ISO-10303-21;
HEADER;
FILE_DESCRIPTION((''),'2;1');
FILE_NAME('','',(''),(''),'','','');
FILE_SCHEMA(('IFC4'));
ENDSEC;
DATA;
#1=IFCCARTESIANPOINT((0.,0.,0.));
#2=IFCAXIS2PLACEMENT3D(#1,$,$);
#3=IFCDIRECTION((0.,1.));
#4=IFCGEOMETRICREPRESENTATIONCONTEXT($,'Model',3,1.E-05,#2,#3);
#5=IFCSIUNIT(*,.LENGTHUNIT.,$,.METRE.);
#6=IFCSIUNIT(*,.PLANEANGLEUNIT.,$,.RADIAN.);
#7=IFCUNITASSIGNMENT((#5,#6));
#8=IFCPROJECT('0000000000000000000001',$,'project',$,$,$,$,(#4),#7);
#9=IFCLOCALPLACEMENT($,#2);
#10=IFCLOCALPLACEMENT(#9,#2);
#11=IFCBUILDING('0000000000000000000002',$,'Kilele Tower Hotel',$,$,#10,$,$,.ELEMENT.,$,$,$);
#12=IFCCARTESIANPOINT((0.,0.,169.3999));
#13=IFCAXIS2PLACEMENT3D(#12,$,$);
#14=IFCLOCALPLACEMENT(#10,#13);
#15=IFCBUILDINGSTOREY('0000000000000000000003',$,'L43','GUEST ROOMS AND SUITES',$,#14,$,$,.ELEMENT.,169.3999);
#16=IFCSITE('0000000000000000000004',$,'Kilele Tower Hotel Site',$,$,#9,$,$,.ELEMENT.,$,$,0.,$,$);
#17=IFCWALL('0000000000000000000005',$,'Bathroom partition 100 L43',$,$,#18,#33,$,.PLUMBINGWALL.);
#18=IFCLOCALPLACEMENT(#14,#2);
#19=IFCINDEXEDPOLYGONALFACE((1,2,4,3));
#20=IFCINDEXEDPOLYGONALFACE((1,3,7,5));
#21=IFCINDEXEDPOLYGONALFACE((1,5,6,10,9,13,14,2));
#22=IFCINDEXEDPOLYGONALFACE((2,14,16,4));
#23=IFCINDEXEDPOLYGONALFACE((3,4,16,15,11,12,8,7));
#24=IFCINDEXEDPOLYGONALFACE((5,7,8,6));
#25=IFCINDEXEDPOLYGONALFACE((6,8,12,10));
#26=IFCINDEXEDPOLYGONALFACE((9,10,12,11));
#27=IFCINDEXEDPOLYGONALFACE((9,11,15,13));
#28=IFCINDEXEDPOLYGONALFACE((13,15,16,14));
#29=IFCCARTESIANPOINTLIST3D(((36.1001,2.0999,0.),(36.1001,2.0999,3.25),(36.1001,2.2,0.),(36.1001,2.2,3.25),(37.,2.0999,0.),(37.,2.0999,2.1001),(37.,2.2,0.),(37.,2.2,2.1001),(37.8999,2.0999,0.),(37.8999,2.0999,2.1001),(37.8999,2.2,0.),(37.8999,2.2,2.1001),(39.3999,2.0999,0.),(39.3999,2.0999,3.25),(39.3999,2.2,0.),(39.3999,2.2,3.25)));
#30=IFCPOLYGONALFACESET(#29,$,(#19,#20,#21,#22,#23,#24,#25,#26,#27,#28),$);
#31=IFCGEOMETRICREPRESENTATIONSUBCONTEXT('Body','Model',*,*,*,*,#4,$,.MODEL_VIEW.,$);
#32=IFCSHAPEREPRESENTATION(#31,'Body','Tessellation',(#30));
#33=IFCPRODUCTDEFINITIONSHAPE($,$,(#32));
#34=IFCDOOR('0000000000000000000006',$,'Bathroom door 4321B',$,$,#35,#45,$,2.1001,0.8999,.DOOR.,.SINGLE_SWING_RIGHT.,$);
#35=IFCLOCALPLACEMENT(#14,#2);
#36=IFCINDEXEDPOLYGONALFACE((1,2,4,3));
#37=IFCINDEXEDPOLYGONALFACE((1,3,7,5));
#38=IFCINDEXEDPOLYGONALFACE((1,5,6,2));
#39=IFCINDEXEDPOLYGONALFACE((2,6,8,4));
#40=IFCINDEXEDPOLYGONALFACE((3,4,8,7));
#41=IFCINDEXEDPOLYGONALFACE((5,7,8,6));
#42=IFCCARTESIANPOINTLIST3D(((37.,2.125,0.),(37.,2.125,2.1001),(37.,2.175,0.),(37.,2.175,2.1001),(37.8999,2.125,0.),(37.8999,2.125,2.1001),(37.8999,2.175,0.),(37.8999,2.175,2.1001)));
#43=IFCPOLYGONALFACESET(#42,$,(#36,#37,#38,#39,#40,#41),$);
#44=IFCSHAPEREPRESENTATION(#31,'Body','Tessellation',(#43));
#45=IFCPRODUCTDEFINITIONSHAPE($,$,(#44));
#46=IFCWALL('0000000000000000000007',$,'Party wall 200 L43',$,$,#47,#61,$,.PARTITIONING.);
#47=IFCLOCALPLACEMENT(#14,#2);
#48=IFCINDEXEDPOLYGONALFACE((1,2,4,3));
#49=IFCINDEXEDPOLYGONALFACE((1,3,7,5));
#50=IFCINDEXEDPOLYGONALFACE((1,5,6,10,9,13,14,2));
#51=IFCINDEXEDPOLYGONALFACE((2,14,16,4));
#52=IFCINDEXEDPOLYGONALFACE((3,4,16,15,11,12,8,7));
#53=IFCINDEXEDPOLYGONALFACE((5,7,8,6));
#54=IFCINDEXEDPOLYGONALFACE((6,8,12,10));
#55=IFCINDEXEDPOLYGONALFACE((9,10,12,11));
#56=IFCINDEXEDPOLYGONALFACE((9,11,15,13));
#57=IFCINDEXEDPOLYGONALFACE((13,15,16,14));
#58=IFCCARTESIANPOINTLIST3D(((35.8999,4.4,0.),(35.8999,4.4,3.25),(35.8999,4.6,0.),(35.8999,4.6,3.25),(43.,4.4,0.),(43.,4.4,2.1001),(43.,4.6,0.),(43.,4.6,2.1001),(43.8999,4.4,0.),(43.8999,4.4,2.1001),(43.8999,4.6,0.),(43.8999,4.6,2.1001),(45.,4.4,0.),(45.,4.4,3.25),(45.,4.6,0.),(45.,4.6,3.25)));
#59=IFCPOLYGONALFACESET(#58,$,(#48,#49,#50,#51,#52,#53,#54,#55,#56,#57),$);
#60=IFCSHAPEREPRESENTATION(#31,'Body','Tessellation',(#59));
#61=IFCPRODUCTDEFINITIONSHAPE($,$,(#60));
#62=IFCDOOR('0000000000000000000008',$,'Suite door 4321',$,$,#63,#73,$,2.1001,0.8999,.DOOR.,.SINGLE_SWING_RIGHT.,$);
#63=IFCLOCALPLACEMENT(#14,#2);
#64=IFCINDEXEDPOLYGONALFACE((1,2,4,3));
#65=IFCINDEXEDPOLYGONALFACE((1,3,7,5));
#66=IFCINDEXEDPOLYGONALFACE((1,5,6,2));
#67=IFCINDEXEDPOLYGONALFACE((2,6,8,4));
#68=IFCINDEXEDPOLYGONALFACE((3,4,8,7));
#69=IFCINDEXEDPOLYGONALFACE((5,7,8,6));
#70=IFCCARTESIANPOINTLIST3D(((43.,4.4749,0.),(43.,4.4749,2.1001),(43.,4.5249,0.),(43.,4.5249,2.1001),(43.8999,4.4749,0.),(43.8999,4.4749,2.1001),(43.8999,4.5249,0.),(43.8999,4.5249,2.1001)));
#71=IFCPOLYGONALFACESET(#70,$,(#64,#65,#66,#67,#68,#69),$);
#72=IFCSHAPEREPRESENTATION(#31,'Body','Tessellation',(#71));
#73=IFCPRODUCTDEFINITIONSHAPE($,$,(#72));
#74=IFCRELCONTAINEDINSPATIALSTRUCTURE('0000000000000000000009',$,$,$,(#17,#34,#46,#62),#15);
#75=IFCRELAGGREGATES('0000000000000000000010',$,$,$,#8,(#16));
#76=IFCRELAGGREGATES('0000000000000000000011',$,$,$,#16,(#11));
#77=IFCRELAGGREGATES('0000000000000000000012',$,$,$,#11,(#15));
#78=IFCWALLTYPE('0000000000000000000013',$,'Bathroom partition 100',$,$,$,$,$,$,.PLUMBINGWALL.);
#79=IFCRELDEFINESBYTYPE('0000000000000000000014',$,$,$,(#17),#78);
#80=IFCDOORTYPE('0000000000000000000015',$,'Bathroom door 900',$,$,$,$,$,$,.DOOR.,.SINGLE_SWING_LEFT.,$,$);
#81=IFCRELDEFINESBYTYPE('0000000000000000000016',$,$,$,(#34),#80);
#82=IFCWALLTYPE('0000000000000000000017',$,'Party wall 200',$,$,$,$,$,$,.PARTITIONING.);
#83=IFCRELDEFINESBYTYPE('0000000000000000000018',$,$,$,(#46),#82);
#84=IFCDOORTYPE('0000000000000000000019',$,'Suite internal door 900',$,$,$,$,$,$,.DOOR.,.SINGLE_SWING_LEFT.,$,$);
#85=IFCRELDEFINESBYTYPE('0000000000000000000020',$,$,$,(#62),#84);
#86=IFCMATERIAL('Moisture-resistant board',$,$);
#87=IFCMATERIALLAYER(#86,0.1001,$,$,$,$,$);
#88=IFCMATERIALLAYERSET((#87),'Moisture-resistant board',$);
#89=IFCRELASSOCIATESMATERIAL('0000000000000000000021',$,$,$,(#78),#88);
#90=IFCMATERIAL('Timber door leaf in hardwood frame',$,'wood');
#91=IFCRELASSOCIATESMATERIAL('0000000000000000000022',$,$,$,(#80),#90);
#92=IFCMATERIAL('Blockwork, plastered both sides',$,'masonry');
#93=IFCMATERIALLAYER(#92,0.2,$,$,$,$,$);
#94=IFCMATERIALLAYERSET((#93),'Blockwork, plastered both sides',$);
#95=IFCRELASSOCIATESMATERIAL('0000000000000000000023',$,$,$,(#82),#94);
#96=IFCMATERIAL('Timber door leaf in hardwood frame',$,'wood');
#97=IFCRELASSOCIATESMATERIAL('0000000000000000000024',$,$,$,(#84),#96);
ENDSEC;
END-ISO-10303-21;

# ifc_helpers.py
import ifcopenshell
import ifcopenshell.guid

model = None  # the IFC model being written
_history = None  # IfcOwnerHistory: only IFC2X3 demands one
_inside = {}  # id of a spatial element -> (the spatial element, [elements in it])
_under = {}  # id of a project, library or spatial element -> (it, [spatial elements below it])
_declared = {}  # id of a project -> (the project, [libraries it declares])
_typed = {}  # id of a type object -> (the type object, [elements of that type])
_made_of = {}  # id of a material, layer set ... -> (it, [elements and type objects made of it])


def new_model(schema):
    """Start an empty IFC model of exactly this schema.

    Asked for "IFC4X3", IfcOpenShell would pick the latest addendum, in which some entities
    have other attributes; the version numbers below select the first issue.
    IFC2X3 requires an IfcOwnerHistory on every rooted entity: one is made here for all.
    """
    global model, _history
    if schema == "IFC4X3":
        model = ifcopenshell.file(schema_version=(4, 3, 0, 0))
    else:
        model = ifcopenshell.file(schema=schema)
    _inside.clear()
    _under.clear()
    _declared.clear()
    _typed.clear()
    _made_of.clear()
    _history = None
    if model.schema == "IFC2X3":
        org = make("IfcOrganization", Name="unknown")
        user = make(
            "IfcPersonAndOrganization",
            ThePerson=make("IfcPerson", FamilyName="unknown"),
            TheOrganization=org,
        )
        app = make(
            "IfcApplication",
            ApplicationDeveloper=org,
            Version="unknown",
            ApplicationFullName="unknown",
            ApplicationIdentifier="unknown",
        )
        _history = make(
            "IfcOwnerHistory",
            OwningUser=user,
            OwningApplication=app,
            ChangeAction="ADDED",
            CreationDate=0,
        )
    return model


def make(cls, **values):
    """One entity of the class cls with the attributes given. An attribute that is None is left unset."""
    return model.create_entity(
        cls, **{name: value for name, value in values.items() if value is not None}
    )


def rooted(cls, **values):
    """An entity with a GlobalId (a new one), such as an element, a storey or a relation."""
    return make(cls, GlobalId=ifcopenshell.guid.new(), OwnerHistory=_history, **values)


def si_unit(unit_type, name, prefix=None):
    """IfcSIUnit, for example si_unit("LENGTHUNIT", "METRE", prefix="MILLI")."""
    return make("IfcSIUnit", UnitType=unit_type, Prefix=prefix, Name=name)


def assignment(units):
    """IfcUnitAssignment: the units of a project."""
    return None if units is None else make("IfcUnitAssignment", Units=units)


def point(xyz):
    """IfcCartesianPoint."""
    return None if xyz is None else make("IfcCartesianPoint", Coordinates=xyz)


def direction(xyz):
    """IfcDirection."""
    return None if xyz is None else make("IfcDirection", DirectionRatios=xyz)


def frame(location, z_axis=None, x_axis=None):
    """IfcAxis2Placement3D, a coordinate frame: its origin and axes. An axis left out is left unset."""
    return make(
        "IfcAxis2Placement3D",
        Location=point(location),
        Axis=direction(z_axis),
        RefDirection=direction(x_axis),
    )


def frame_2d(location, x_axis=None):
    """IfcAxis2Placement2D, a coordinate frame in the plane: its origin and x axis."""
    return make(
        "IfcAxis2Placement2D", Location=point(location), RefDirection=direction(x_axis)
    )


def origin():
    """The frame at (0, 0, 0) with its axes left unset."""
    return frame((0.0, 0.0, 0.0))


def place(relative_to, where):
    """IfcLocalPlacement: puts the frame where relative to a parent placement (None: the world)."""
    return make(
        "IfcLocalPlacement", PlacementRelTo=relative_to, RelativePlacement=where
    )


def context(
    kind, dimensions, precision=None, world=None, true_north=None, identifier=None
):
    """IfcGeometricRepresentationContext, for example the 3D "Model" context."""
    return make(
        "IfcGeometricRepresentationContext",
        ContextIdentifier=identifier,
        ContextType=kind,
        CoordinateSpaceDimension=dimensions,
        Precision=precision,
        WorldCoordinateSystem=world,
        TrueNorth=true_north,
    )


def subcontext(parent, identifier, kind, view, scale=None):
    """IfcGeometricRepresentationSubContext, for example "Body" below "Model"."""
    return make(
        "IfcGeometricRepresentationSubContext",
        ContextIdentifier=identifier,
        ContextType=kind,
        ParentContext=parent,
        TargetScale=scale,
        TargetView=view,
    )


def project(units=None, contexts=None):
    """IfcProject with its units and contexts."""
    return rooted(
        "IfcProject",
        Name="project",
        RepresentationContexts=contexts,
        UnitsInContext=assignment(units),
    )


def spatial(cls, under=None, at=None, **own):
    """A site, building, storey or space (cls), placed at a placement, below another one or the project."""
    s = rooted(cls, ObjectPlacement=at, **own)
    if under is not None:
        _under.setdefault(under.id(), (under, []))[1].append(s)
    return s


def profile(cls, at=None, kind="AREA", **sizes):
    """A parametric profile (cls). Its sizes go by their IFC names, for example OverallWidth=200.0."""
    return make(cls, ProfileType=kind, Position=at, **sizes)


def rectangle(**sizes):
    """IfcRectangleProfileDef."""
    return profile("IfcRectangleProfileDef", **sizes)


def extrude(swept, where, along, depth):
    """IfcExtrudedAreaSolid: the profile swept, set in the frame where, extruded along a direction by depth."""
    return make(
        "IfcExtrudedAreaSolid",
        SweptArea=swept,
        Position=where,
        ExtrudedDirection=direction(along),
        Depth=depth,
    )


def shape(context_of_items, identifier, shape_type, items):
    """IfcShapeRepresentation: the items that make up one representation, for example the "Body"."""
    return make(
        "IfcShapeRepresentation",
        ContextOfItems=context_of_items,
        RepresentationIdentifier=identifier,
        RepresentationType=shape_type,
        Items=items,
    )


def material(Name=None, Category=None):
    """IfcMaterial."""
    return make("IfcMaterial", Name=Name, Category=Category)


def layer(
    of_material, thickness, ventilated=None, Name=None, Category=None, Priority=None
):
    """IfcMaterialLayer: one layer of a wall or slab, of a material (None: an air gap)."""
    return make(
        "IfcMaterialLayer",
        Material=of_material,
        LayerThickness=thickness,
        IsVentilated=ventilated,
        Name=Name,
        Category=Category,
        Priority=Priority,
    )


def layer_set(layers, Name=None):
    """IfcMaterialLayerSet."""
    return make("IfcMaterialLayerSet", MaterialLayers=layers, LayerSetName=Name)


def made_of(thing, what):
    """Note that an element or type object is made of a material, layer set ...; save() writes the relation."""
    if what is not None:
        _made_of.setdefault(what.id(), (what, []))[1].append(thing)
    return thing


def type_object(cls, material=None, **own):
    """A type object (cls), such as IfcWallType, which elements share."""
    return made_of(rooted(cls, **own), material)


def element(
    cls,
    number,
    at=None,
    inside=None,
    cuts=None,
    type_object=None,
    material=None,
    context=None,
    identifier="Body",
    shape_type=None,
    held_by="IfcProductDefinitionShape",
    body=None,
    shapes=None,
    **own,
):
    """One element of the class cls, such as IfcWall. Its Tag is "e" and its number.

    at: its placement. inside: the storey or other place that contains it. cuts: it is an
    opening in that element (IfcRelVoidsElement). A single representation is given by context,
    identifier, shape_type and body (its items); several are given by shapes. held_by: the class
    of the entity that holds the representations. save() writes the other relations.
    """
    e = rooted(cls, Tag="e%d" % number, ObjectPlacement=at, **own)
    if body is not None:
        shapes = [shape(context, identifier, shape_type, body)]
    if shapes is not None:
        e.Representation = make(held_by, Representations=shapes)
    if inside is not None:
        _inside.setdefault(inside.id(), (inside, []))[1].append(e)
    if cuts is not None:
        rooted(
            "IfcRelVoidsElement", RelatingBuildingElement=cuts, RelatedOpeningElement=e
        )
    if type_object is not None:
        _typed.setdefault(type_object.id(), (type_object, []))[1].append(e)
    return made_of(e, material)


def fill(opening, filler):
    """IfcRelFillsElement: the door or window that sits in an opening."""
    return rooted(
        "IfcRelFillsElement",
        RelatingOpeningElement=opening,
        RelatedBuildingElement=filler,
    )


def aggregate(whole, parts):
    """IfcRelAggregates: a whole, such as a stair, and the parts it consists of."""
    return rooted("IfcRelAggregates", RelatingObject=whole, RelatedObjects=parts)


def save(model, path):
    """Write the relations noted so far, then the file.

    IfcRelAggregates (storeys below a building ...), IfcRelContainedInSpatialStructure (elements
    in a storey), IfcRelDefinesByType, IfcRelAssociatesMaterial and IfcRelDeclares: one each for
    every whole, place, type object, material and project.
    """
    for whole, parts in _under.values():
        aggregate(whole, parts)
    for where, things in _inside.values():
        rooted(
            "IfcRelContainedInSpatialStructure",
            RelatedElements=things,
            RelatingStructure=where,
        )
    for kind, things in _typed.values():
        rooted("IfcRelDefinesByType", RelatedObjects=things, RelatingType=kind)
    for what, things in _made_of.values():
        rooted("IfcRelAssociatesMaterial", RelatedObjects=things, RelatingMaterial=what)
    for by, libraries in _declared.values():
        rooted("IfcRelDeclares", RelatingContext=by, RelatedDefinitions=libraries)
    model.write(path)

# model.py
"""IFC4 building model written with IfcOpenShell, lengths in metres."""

from ifc_helpers import new_model, si_unit, direction, frame, frame_2d, origin, place, context, subcontext, project, spatial, rectangle, extrude, material, layer, layer_set, type_object, element, fill, save


model = new_model("IFC4")

# Units and contexts
model_context = context("Model", 3, precision=1e-05, world=origin(), true_north=direction((0.0, 1.0)))
body_context = subcontext(model_context, "Body", "Model", "MODEL_VIEW")
ifc_project = project(units=[si_unit("LENGTHUNIT", "METRE"), si_unit("PLANEANGLEUNIT", "RADIAN")], contexts=[model_context])

# Site, building, storey
site_placement = place(None, origin())
site = spatial("IfcSite", under=ifc_project, at=site_placement, Name="Kilele Tower Hotel Site", CompositionType="ELEMENT", RefElevation=0.0)
building_placement = place(site_placement, origin())
building = spatial("IfcBuilding", under=site, at=building_placement, Name="Kilele Tower Hotel", CompositionType="ELEMENT")
storey_placement = place(building_placement, frame((0.0, 0.0, 169.3999)))
storey = spatial("IfcBuildingStorey", under=building, at=storey_placement, Name="L43", Description="GUEST ROOMS AND SUITES", CompositionType="ELEMENT", Elevation=169.3999)

# Shared definitions
ifc_material_1 = material(Name="Moisture-resistant board")
ifc_layer_1 = layer(ifc_material_1, 0.1001)
ifc_layer_set_1 = layer_set([ifc_layer_1], Name="Moisture-resistant board")
wall_type_1 = type_object("IfcWallType", Name="Bathroom partition 100", PredefinedType="PLUMBINGWALL", material=ifc_layer_set_1)

# Walls, openings, doors
ifc_material_2 = material(Name="Timber door leaf in hardwood frame", Category="wood")
door_type_1 = type_object("IfcDoorType", Name="Bathroom door 900", OperationType="SINGLE_SWING_LEFT", PredefinedType="DOOR", material=ifc_material_2)
wall_1_placement = place(storey_placement, frame((36.1001, 2.1499, 0.0), z_axis=(0.0, 0.0, 1.0), x_axis=(1.0, 0.0, 0.0)))
wall_1 = element("IfcWall", 1, at=wall_1_placement, inside=storey, type_object=wall_type_1, Name="Bathroom partition 100 L43", PredefinedType="PLUMBINGWALL", context=body_context, shape_type="SweptSolid", body=[
    extrude(rectangle(XDim=3.2998, YDim=0.1001, at=frame_2d((1.6499, 0.0))), origin(), (0.0, 0.0, 1.0), 3.25),
])
opening_1_placement = place(wall_1_placement, frame((1.7998, 0.0, 0.0), z_axis=(0.0, 0.0, 1.0), x_axis=(-1.0, 0.0, 0.0)))
opening_1 = element("IfcOpeningElement", 2, at=opening_1_placement, cuts=wall_1, PredefinedType="OPENING", context=body_context, shape_type="SweptSolid", body=[
    extrude(rectangle(XDim=0.8999, YDim=2.1001, at=frame_2d((0.45, 1.05))), frame((0.0, 0.0601, 0.0), z_axis=(0.0, -1.0, 0.0), x_axis=(1.0, 0.0, 0.0)), (0.0, 0.0, 1.0), 0.1201),
])
door_1_placement = place(opening_1_placement, origin())
door_1 = element("IfcDoor", 3, at=door_1_placement, inside=storey, type_object=door_type_1, Name="Bathroom door 4321B", OperationType="SINGLE_SWING_RIGHT", OverallHeight=2.1001, OverallWidth=0.8999, PredefinedType="DOOR", context=body_context, shape_type="SweptSolid", body=[
    extrude(rectangle(XDim=0.8999, YDim=2.1001, at=frame_2d((0.45, 1.05))), frame((0.0, 0.0249, 0.0), z_axis=(0.0, -1.0, 0.0), x_axis=(1.0, 0.0, 0.0)), (0.0, 0.0, 1.0), 0.05),
])
fill(opening_1, door_1)
ifc_material_3 = material(Name="Blockwork, plastered both sides", Category="masonry")
ifc_layer_2 = layer(ifc_material_3, 0.2)
ifc_layer_set_2 = layer_set([ifc_layer_2], Name="Blockwork, plastered both sides")
wall_type_2 = type_object("IfcWallType", Name="Party wall 200", PredefinedType="PARTITIONING", material=ifc_layer_set_2)
wall_2_placement = place(storey_placement, frame((35.8999, 4.5, 0.0), z_axis=(0.0, 0.0, 1.0), x_axis=(1.0, 0.0, 0.0)))
wall_2 = element("IfcWall", 4, at=wall_2_placement, inside=storey, type_object=wall_type_2, Name="Party wall 200 L43", PredefinedType="PARTITIONING", context=body_context, shape_type="SweptSolid", body=[
    extrude(rectangle(XDim=9.1001, YDim=0.2, at=frame_2d((4.55, 0.0))), origin(), (0.0, 0.0, 1.0), 3.25),
])
opening_2_placement = place(wall_2_placement, frame((7.1001, 0.0, 0.0)))
opening_2 = element("IfcOpeningElement", 5, at=opening_2_placement, cuts=wall_2, PredefinedType="OPENING", context=body_context, shape_type="SweptSolid", body=[
    extrude(rectangle(XDim=0.8999, YDim=2.1001, at=frame_2d((0.45, 1.05))), frame((0.0, 0.1099, 0.0), z_axis=(0.0, -1.0, 0.0), x_axis=(1.0, 0.0, 0.0)), (0.0, 0.0, 1.0), 0.22),
])
ifc_material_4 = material(Name="Timber door leaf in hardwood frame", Category="wood")
door_type_2 = type_object("IfcDoorType", Name="Suite internal door 900", OperationType="SINGLE_SWING_LEFT", PredefinedType="DOOR", material=ifc_material_4)
door_2_placement = place(opening_2_placement, origin())
door_2 = element("IfcDoor", 6, at=door_2_placement, inside=storey, type_object=door_type_2, Name="Suite door 4321", OperationType="SINGLE_SWING_RIGHT", OverallHeight=2.1001, OverallWidth=0.8999, PredefinedType="DOOR", context=body_context, shape_type="SweptSolid", body=[
    extrude(rectangle(XDim=0.8999, YDim=2.1001, at=frame_2d((0.45, 1.05))), frame((0.0, 0.0249, 0.0), z_axis=(0.0, -1.0, 0.0), x_axis=(1.0, 0.0, 0.0)), (0.0, 0.0, 1.0), 0.05),
])
fill(opening_2, door_2)

save(model, "model.ifc")
